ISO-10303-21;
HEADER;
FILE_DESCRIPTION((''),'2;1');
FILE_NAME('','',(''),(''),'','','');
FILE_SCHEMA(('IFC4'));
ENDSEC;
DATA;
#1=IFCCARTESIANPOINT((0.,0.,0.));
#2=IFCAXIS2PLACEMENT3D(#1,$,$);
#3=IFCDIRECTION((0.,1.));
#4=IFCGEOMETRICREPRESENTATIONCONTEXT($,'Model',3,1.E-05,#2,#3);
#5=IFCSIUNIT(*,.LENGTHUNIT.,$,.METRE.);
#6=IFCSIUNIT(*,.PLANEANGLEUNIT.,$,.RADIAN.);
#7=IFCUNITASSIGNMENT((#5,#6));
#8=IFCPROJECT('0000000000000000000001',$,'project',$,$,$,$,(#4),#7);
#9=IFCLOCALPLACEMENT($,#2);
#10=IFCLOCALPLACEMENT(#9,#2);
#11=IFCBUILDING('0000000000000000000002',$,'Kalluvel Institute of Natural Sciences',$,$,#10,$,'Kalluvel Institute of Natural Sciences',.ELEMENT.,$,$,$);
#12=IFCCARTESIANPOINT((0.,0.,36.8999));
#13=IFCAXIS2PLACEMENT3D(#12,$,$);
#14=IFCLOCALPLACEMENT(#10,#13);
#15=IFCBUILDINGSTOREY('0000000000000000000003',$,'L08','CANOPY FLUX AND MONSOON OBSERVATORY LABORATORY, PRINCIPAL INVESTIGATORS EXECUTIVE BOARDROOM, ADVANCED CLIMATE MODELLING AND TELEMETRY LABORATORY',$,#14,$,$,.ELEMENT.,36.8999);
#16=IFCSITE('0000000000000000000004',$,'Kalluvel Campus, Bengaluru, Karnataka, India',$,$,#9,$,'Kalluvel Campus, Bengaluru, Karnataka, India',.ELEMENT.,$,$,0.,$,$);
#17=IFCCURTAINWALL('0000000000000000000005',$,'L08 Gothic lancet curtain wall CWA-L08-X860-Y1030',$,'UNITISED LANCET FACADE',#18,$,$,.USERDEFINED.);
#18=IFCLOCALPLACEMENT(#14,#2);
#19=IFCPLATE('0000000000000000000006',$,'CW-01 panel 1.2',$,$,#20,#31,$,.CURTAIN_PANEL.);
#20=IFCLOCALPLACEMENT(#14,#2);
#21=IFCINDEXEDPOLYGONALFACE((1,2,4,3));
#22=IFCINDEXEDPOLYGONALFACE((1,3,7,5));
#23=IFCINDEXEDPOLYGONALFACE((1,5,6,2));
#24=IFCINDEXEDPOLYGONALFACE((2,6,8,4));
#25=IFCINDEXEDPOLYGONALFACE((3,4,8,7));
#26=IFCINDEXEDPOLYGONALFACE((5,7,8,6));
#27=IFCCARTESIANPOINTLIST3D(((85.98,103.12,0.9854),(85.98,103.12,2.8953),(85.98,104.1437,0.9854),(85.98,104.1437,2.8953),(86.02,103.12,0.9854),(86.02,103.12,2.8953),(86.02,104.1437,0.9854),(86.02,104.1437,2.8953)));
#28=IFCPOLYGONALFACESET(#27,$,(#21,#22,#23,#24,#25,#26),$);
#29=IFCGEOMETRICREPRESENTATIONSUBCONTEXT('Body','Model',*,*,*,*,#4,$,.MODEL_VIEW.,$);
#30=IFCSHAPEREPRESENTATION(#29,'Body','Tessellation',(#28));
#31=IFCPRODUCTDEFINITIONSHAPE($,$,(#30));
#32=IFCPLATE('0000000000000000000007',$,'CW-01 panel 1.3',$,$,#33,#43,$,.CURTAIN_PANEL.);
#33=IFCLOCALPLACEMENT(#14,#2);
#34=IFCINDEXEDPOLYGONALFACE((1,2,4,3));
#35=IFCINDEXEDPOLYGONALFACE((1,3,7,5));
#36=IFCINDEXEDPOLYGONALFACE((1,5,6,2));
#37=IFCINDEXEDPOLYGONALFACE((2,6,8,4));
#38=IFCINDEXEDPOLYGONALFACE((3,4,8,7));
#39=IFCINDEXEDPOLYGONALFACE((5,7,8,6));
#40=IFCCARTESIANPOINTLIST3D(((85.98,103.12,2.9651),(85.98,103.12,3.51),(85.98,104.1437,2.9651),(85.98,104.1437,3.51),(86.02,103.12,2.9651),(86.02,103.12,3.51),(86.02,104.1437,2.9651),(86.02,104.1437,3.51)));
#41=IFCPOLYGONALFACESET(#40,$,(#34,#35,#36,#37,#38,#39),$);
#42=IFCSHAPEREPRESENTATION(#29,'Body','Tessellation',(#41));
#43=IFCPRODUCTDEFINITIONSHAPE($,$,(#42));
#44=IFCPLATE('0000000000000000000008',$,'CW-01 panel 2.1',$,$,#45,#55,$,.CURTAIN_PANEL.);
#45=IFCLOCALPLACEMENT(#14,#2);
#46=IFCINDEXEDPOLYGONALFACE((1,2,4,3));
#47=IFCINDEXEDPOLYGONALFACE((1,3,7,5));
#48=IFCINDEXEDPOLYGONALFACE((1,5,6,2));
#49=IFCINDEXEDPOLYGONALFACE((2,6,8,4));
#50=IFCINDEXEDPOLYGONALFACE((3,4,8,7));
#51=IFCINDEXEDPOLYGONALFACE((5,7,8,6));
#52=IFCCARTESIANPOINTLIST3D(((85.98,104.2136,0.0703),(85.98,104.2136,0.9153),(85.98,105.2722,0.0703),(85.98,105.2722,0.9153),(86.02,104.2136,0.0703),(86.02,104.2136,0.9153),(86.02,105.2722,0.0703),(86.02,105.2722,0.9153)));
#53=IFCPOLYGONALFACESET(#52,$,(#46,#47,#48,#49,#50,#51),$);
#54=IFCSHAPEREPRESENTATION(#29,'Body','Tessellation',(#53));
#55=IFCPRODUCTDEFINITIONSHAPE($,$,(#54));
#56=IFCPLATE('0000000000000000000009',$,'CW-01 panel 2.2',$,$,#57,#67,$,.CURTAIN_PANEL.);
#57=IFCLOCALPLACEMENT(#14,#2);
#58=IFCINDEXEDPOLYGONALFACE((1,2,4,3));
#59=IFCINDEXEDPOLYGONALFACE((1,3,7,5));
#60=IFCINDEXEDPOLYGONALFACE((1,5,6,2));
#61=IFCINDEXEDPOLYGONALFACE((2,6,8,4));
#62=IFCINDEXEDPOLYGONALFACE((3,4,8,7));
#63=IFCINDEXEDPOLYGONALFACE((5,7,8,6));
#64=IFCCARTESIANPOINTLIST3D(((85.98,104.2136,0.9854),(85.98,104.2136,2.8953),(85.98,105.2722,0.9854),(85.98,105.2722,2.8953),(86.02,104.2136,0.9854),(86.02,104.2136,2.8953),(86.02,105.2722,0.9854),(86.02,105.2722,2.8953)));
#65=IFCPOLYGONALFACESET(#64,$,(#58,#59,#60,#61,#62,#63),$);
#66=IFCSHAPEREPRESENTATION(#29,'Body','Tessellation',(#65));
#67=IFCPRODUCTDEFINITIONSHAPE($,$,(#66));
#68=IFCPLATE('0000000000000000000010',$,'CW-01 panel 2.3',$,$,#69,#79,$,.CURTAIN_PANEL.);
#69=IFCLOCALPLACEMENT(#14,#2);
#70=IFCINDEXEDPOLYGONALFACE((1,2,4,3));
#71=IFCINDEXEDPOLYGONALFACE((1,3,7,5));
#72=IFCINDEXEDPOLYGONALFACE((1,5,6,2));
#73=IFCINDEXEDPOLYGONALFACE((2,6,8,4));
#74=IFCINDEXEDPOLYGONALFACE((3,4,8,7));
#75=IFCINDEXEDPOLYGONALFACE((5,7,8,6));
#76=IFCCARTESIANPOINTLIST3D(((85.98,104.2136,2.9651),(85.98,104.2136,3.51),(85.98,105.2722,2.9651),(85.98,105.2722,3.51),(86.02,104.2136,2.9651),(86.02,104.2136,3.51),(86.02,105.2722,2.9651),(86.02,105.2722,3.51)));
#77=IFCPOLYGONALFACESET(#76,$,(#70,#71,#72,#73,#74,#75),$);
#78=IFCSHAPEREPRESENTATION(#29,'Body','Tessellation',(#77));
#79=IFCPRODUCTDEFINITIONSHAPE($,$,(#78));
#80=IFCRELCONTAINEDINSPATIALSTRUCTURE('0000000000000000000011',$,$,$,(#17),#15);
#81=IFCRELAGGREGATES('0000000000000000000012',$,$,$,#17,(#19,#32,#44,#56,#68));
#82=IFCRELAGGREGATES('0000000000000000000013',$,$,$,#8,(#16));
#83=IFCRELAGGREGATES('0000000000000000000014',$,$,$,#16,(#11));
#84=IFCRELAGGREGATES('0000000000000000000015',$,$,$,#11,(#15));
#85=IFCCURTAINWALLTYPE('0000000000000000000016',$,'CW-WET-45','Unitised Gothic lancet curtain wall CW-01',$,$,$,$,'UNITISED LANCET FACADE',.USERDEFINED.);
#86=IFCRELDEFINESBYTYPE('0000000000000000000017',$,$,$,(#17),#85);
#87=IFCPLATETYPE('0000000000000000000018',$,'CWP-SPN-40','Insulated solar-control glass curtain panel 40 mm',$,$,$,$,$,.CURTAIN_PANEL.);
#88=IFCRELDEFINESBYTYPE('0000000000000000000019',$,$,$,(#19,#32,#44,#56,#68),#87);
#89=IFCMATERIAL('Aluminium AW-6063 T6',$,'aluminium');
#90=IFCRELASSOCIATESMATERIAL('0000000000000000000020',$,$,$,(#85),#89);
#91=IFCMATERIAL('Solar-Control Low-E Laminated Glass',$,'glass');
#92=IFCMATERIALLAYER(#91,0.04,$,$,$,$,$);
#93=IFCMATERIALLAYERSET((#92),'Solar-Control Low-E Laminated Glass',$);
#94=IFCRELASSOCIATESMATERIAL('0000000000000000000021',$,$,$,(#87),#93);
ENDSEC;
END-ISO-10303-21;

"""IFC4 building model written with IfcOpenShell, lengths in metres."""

from ifc_helpers import new_model, si_unit, direction, frame, origin, origin_2d, place, context, subcontext, project, spatial, rectangle, extrude, material, layer, layer_set, type_object, element, aggregate, save


model = new_model("IFC4")

# Units and contexts
model_context = context("Model", 3, precision=1e-05, world=origin(), true_north=direction((0.0, 1.0)))
body_context = subcontext(model_context, "Body", "Model", "MODEL_VIEW")
ifc_project = project(units=[si_unit("LENGTHUNIT", "METRE"), si_unit("PLANEANGLEUNIT", "RADIAN")], contexts=[model_context])

# Site, building, storey
site_placement = place(None, origin())
site = spatial("IfcSite", under=ifc_project, at=site_placement, Name="Kalluvel Campus, Bengaluru, Karnataka, India", LongName="Kalluvel Campus, Bengaluru, Karnataka, India", CompositionType="ELEMENT", RefElevation=0.0)
building_placement = place(site_placement, origin())
building = spatial("IfcBuilding", under=site, at=building_placement, Name="Kalluvel Institute of Natural Sciences", LongName="Kalluvel Institute of Natural Sciences", CompositionType="ELEMENT")
storey_placement = place(building_placement, frame((0.0, 0.0, 36.8999)))
storey = spatial("IfcBuildingStorey", under=building, at=storey_placement, Name="L08", Description="CANOPY FLUX AND MONSOON OBSERVATORY LABORATORY, PRINCIPAL INVESTIGATORS EXECUTIVE BOARDROOM, ADVANCED CLIMATE MODELLING AND TELEMETRY LABORATORY", CompositionType="ELEMENT", Elevation=36.8999)

# Shared definitions
ifc_material_1 = material(Name="Aluminium AW-6063 T6", Category="aluminium")
curtain_wall_type = type_object("IfcCurtainWallType", Name="CW-WET-45", Description="Unitised Gothic lancet curtain wall CW-01", ElementType="UNITISED LANCET FACADE", PredefinedType="USERDEFINED", material=ifc_material_1)

# Curtain wall
curtain_wall_1_placement = place(storey_placement, origin())
curtain_wall_1 = element("IfcCurtainWall", 1, at=curtain_wall_1_placement, inside=storey, type_object=curtain_wall_type, Name="L08 Gothic lancet curtain wall CWA-L08-X860-Y1030", ObjectType="UNITISED LANCET FACADE", PredefinedType="USERDEFINED")

# Plates
ifc_material_2 = material(Name="Solar-Control Low-E Laminated Glass", Category="glass")
ifc_layer = layer(ifc_material_2, 0.04)
ifc_layer_set = layer_set([ifc_layer], Name="Solar-Control Low-E Laminated Glass")
plate_type = type_object("IfcPlateType", Name="CWP-SPN-40", Description="Insulated solar-control glass curtain panel 40 mm", PredefinedType="CURTAIN_PANEL", material=ifc_layer_set)
plate_1_placement = place(storey_placement, frame((86.0, 103.6318, 0.9854), z_axis=(0.0, 0.0, 1.0), x_axis=(0.0, 1.0, 0.0)))
plate_1 = element("IfcPlate", 2, at=plate_1_placement, type_object=plate_type, Name="CW-01 panel 1.2", PredefinedType="CURTAIN_PANEL", context=body_context, shape_type="SweptSolid", body=[
    extrude(rectangle(XDim=1.0237, YDim=0.04, at=origin_2d()), origin(), (0.0, 0.0, 1.0), 1.9099),
])
plate_2_placement = place(storey_placement, frame((86.0, 103.6318, 2.9651), z_axis=(0.0, 0.0, 1.0), x_axis=(0.0, 1.0, 0.0)))
plate_2 = element("IfcPlate", 3, at=plate_2_placement, type_object=plate_type, Name="CW-01 panel 1.3", PredefinedType="CURTAIN_PANEL", context=body_context, shape_type="SweptSolid", body=[
    extrude(rectangle(XDim=1.0237, YDim=0.04, at=origin_2d()), origin(), (0.0, 0.0, 1.0), 0.5449),
])
plate_3_placement = place(storey_placement, frame((86.0, 104.7429, 0.0703), z_axis=(0.0, 0.0, 1.0), x_axis=(0.0, 1.0, 0.0)))
plate_3 = element("IfcPlate", 4, at=plate_3_placement, type_object=plate_type, Name="CW-01 panel 2.1", PredefinedType="CURTAIN_PANEL", context=body_context, shape_type="SweptSolid", body=[
    extrude(rectangle(XDim=1.0586, YDim=0.04, at=origin_2d()), origin(), (0.0, 0.0, 1.0), 0.845),
])
plate_4_placement = place(storey_placement, frame((86.0, 104.7429, 0.9854), z_axis=(0.0, 0.0, 1.0), x_axis=(0.0, 1.0, 0.0)))
plate_4 = element("IfcPlate", 5, at=plate_4_placement, type_object=plate_type, Name="CW-01 panel 2.2", PredefinedType="CURTAIN_PANEL", context=body_context, shape_type="SweptSolid", body=[
    extrude(rectangle(XDim=1.0586, YDim=0.04, at=origin_2d()), origin(), (0.0, 0.0, 1.0), 1.9099),
])
plate_5_placement = place(storey_placement, frame((86.0, 104.7429, 2.9651), z_axis=(0.0, 0.0, 1.0), x_axis=(0.0, 1.0, 0.0)))
plate_5 = element("IfcPlate", 6, at=plate_5_placement, type_object=plate_type, Name="CW-01 panel 2.3", PredefinedType="CURTAIN_PANEL", context=body_context, shape_type="SweptSolid", body=[
    extrude(rectangle(XDim=1.0586, YDim=0.04, at=origin_2d()), origin(), (0.0, 0.0, 1.0), 0.5449),
])
aggregate(curtain_wall_1, [plate_1, plate_2, plate_3, plate_4, plate_5])

save(model, "model.ifc")
